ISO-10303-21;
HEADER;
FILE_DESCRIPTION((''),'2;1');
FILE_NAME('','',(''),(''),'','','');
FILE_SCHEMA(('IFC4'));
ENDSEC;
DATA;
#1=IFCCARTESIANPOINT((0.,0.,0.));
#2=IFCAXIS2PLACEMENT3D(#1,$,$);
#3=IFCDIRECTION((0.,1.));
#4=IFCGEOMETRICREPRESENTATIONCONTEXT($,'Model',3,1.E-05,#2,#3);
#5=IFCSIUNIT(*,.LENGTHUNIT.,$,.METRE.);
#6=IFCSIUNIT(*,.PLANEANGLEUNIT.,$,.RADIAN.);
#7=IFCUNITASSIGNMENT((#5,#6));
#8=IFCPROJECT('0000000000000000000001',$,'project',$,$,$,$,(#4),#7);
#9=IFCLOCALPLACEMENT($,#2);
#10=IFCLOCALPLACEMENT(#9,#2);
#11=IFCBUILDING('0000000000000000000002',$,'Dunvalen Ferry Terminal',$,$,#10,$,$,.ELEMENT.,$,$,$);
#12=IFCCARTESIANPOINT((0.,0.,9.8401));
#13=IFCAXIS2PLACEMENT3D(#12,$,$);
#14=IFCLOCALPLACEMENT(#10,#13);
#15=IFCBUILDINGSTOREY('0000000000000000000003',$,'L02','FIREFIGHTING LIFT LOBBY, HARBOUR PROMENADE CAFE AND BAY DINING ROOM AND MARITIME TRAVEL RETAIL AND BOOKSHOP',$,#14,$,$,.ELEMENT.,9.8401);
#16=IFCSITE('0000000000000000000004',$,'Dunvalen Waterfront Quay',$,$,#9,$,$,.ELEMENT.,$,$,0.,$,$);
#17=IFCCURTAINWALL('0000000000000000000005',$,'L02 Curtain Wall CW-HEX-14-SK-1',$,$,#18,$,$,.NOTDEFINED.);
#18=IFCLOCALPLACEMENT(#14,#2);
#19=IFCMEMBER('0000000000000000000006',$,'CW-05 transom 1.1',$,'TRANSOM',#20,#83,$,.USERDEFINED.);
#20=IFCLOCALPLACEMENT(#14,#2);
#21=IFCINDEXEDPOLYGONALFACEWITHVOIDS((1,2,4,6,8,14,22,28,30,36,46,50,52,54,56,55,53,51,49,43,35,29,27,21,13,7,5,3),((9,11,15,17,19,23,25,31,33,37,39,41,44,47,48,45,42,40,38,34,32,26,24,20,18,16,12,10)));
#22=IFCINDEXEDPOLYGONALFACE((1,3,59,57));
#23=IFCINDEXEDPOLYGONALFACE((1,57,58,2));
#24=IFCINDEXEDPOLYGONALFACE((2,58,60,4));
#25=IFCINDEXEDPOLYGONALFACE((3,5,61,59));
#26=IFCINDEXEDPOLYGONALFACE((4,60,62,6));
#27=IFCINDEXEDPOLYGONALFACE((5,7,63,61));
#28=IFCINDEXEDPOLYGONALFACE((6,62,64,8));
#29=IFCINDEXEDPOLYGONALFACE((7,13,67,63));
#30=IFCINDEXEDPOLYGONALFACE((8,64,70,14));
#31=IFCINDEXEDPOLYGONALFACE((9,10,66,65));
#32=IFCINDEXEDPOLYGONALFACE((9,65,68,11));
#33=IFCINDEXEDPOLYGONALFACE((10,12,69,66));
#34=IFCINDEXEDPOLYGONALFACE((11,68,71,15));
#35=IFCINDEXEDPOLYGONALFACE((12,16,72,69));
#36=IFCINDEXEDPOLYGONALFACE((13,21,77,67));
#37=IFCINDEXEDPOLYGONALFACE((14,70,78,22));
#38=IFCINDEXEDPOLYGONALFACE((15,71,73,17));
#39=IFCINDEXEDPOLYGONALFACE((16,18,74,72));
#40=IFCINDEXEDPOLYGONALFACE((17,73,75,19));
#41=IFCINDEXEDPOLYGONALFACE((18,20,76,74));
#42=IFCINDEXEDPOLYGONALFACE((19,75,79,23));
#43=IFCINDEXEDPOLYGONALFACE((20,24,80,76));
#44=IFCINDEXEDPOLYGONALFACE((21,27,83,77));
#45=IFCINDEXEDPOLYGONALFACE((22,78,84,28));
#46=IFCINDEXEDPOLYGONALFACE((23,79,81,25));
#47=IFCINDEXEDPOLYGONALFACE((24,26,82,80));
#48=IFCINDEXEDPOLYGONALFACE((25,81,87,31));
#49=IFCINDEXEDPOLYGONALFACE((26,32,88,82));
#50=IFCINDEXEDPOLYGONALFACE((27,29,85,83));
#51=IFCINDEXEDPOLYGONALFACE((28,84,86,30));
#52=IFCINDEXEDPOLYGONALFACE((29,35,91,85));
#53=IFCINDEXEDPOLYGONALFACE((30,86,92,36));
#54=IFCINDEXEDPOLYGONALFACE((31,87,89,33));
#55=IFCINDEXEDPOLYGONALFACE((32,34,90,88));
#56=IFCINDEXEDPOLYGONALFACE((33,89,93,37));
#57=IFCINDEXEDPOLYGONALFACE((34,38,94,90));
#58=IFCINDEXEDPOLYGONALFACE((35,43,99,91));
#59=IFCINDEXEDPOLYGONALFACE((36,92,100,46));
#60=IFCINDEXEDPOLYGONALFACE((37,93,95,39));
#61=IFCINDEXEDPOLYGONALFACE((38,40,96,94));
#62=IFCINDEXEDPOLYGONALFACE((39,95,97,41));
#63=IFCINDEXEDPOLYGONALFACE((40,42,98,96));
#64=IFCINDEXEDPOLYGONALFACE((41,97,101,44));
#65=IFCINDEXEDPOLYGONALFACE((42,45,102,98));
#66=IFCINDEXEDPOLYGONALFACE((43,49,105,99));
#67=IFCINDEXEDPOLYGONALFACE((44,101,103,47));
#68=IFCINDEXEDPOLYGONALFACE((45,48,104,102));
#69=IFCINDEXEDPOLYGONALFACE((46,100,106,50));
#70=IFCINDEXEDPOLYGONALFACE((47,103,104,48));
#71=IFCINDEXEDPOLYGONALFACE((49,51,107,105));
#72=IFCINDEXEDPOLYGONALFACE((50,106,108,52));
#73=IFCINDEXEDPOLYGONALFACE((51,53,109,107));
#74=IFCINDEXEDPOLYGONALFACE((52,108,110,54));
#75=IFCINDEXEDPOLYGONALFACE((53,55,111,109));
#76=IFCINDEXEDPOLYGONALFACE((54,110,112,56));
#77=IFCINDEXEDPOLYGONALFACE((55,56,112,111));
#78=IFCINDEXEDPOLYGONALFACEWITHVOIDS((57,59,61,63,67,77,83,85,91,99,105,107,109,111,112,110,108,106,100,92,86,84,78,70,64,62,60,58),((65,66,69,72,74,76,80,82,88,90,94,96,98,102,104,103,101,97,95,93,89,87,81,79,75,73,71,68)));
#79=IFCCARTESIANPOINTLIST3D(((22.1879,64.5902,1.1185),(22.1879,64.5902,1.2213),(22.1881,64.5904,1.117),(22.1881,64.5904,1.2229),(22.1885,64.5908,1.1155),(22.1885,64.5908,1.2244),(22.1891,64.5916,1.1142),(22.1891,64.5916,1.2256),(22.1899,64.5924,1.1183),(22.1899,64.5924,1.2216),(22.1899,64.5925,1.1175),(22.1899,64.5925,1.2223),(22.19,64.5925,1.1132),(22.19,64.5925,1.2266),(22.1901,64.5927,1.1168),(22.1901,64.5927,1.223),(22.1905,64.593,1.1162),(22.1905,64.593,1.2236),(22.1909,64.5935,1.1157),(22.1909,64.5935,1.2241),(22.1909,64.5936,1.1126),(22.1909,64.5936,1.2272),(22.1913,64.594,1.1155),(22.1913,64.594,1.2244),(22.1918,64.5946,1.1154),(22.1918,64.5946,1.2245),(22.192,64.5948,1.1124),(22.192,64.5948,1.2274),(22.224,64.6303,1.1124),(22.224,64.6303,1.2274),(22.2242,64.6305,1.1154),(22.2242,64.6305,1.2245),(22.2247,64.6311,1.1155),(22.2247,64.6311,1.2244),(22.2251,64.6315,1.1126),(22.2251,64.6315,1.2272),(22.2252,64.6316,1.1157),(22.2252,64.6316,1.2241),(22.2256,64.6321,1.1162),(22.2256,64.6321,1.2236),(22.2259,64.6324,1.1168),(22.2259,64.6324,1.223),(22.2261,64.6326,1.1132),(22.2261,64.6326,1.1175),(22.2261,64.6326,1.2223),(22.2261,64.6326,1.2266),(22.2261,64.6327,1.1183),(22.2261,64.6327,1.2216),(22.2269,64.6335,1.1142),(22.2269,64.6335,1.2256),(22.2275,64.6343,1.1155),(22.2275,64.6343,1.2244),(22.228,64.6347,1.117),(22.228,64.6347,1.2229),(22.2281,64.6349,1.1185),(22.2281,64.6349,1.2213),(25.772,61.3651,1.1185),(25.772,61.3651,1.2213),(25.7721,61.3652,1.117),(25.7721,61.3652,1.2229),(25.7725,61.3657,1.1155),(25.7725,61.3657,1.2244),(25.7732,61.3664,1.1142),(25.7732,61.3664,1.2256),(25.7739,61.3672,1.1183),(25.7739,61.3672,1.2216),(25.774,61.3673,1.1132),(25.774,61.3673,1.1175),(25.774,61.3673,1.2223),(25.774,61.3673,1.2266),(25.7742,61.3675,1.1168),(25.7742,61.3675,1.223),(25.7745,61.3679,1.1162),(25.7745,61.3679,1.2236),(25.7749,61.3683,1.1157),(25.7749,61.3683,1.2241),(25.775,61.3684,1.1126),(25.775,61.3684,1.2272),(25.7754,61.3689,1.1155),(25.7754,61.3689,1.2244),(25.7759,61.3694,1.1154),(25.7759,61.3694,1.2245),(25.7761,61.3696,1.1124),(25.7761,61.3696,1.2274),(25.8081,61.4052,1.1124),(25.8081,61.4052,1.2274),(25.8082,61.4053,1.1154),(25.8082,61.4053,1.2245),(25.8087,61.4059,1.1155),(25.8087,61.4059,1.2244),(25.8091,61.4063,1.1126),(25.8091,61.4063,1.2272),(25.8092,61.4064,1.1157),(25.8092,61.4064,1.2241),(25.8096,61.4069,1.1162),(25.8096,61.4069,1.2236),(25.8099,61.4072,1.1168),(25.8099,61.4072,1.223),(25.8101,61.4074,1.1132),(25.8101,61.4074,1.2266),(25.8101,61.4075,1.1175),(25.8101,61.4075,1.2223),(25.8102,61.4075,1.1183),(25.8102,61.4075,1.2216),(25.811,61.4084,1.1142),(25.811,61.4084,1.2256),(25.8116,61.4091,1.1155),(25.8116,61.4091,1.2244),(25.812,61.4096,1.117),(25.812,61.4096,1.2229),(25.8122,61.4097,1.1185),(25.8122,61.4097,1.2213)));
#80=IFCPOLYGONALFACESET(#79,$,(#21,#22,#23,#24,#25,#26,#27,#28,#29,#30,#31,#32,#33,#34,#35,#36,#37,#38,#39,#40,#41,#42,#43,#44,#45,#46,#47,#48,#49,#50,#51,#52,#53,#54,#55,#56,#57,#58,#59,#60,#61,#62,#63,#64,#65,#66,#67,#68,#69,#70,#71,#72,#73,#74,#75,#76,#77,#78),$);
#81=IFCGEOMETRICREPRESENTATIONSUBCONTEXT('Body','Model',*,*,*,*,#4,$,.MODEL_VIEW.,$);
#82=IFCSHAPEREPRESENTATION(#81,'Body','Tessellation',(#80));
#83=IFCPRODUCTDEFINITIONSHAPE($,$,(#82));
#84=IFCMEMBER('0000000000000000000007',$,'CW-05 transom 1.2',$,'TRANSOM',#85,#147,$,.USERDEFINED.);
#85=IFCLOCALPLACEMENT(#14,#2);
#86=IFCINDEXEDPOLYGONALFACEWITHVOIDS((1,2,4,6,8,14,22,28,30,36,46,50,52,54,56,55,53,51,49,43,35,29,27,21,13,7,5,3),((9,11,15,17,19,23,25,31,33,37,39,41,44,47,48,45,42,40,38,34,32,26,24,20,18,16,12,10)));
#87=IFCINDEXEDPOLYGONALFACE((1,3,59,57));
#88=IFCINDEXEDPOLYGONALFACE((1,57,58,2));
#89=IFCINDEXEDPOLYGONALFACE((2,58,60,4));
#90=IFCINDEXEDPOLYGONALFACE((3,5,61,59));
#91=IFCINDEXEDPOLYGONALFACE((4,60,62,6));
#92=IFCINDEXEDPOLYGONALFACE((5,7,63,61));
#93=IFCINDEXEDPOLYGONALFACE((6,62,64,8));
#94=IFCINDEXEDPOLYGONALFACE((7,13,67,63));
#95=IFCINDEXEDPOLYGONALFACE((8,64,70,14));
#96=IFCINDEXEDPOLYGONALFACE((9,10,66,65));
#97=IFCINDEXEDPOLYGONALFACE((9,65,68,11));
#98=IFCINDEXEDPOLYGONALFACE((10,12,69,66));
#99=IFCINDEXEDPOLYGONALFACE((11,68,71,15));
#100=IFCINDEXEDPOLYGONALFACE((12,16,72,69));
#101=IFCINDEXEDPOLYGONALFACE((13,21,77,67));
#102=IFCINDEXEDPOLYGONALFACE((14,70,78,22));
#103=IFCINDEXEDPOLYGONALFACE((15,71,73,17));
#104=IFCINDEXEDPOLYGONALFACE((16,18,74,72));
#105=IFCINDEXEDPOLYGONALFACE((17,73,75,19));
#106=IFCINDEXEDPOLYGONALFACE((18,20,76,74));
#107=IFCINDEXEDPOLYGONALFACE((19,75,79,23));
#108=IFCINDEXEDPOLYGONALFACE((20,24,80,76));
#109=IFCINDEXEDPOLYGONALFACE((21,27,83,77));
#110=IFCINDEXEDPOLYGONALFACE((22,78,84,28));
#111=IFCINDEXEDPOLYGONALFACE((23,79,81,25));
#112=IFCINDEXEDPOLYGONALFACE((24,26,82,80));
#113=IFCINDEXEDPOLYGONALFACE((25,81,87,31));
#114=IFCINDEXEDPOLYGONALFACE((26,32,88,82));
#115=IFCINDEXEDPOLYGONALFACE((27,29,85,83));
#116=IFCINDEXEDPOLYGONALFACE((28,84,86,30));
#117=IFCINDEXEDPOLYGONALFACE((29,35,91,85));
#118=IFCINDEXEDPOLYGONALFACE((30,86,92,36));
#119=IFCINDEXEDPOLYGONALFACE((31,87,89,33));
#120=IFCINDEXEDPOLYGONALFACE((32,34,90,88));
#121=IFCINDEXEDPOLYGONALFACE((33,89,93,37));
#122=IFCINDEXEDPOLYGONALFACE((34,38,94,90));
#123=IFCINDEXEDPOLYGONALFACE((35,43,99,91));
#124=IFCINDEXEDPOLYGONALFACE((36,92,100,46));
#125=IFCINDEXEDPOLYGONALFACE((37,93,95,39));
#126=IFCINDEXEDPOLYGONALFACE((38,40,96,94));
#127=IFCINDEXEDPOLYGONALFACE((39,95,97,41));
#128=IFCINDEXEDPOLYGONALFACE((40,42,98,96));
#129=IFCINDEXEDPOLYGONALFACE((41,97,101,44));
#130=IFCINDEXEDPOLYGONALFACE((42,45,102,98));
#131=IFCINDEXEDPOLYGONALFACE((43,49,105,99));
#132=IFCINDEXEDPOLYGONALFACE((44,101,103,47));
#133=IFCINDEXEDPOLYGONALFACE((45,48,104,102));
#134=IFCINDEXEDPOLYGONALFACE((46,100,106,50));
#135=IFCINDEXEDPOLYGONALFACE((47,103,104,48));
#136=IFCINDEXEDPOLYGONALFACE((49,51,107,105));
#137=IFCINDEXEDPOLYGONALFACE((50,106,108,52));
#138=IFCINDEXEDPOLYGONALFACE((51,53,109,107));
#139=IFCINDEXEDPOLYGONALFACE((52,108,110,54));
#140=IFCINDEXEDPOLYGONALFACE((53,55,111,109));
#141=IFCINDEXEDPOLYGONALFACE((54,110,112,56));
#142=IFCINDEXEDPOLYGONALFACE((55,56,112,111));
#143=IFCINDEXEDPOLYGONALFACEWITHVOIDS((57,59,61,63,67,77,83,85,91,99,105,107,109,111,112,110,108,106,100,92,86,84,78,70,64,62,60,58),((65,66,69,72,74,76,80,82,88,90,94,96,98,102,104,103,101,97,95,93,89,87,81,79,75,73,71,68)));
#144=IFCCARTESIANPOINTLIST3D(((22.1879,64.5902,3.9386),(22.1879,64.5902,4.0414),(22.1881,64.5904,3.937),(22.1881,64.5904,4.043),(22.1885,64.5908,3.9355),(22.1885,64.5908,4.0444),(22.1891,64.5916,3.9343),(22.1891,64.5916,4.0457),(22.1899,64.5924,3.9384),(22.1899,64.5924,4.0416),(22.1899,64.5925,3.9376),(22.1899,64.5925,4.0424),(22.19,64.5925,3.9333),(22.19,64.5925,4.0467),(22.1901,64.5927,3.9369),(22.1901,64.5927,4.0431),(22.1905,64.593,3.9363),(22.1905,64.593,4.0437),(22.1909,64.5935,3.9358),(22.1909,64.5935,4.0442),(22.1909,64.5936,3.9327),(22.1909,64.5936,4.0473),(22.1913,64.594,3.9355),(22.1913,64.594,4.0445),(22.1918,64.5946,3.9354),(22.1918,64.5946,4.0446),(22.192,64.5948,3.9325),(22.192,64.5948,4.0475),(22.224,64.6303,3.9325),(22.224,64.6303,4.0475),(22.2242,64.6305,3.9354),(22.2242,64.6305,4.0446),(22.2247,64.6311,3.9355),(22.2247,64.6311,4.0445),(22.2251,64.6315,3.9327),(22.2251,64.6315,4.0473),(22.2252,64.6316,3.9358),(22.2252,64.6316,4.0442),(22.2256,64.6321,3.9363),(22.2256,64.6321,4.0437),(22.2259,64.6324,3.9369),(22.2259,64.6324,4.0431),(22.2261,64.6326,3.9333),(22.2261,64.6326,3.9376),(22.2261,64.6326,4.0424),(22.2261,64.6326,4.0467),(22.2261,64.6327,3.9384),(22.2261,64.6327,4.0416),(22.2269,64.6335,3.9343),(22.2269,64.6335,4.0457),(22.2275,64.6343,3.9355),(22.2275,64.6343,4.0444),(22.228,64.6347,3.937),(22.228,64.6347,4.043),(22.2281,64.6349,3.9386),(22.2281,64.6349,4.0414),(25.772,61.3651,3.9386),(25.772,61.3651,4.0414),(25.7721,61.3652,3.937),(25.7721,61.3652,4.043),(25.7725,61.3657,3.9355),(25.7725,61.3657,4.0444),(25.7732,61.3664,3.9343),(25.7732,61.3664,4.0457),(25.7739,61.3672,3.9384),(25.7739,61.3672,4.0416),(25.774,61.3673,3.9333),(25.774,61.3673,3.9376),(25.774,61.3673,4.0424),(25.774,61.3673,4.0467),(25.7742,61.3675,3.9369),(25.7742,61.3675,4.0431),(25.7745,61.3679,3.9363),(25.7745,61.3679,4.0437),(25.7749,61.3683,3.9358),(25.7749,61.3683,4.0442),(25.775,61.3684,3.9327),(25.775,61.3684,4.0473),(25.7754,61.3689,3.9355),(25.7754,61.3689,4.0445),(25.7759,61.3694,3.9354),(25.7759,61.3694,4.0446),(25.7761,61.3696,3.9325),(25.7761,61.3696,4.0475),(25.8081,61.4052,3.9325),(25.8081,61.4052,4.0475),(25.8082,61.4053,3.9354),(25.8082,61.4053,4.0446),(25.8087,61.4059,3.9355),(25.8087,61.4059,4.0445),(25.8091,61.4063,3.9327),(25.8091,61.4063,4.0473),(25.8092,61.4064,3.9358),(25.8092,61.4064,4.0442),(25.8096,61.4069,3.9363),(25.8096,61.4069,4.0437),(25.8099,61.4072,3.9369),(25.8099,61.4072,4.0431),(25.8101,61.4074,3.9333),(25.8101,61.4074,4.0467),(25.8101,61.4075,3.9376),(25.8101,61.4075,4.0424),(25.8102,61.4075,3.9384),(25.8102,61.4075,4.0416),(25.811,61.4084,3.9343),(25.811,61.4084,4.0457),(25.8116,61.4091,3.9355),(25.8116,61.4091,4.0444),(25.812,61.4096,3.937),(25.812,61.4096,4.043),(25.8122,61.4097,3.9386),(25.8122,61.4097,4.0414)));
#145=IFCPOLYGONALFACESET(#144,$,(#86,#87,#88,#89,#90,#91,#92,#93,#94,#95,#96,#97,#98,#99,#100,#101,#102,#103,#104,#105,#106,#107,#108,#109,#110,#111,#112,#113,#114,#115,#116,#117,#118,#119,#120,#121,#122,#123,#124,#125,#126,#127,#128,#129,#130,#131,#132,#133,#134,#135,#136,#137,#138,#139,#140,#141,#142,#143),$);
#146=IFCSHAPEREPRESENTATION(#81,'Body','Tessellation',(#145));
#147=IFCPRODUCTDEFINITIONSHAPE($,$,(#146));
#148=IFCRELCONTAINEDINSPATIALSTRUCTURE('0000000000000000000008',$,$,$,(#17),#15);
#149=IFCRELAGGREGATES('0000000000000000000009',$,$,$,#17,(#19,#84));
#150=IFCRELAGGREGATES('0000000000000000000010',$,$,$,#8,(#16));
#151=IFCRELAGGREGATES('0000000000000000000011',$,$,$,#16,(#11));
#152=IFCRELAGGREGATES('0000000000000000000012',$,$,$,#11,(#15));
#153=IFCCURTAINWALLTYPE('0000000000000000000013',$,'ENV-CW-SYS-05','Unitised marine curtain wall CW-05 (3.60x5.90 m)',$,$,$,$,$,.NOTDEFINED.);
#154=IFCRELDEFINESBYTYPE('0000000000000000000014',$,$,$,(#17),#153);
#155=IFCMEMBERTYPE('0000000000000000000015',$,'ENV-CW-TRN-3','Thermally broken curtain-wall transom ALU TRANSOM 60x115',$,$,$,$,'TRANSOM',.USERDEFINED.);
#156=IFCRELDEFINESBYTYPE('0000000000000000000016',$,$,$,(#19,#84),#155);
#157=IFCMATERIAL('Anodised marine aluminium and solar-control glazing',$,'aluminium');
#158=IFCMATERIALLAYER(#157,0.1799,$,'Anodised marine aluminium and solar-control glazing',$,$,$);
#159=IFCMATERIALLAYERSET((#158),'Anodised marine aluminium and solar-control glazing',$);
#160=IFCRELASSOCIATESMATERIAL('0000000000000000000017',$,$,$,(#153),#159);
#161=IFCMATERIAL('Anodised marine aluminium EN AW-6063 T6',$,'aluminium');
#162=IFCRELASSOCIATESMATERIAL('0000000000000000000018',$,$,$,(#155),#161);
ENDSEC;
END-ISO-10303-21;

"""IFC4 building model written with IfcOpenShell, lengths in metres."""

from ifc_helpers import new_model, si_unit, direction, frame, origin, origin_2d, place, context, subcontext, project, spatial, hollow_rectangle, extrude, material, layer, layer_set, material_profile, profile_set, type_object, element, aggregate, save


model = new_model("IFC4")

# Units and contexts
model_context = context("Model", 3, precision=1e-05, world=origin(), true_north=direction((0.0, 1.0)))
body_context = subcontext(model_context, "Body", "Model", "MODEL_VIEW")
ifc_project = project(units=[si_unit("LENGTHUNIT", "METRE"), si_unit("PLANEANGLEUNIT", "RADIAN")], contexts=[model_context])

# Site, building, storey
site_placement = place(None, origin())
site = spatial("IfcSite", under=ifc_project, at=site_placement, Name="Dunvalen Waterfront Quay", CompositionType="ELEMENT", RefElevation=0.0)
building_placement = place(site_placement, origin())
building = spatial("IfcBuilding", under=site, at=building_placement, Name="Dunvalen Ferry Terminal", CompositionType="ELEMENT")
storey_placement = place(building_placement, frame((0.0, 0.0, 9.8401)))
storey = spatial("IfcBuildingStorey", under=building, at=storey_placement, Name="L02", Description="FIREFIGHTING LIFT LOBBY, HARBOUR PROMENADE CAFE AND BAY DINING ROOM AND MARITIME TRAVEL RETAIL AND BOOKSHOP", CompositionType="ELEMENT", Elevation=9.8401)

# Curtain wall
ifc_material_1 = material(Name="Anodised marine aluminium and solar-control glazing", Category="aluminium")
ifc_layer_1 = layer(ifc_material_1, 0.1799, Name="Anodised marine aluminium and solar-control glazing")
ifc_layer_set_1 = layer_set([ifc_layer_1], Name="Anodised marine aluminium and solar-control glazing")
curtain_wall_type_1 = type_object("IfcCurtainWallType", Name="ENV-CW-SYS-05", Description="Unitised marine curtain wall CW-05 (3.60x5.90 m)", PredefinedType="NOTDEFINED", material=ifc_layer_set_1)
curtain_wall_1_placement = place(storey_placement, origin())
curtain_wall_1 = element("IfcCurtainWall", 1, at=curtain_wall_1_placement, inside=storey, type_object=curtain_wall_type_1, Name="L02 Curtain Wall CW-HEX-14-SK-1", PredefinedType="NOTDEFINED")
ifc_material_2 = material(Name="Anodised marine aluminium EN AW-6063 T6", Category="aluminium")

# Members
ifc_material_profile_1 = material_profile(ifc_material_2, hollow_rectangle(XDim=0.0601, YDim=0.115, WallThickness=0.0029, InnerFilletRadius=0.0029, OuterFilletRadius=0.0061, at=origin_2d()), Name="Anodised marine aluminium EN AW-6063 T6")
ifc_profile_set_1 = profile_set([ifc_material_profile_1], Name="Anodised marine aluminium EN AW-6063 T6")
member_type_1 = type_object("IfcMemberType", Name="ENV-CW-TRN-3", Description="Thermally broken curtain-wall transom ALU TRANSOM 60x115", ElementType="TRANSOM", PredefinedType="USERDEFINED", material=ifc_profile_set_1)
member_1_placement = place(storey_placement, frame((22.208, 64.6125, 1.1699), z_axis=(0.743345, -0.668909, 0.0), x_axis=(0.668909, 0.743345, 0.0)))
member_1 = element("IfcMember", 2, at=member_1_placement, type_object=member_type_1, Name="CW-05 transom 1.1", ObjectType="TRANSOM", PredefinedType="USERDEFINED", context=body_context, shape_type="SweptSolid", body=[
    extrude(hollow_rectangle(XDim=0.0601, YDim=0.115, WallThickness=0.0029, InnerFilletRadius=0.0029, OuterFilletRadius=0.0061, at=origin_2d()), origin(), (0.0, 0.0, 1.0), 4.8215),
])
member_2_placement = place(storey_placement, frame((22.208, 64.6125, 3.99), z_axis=(0.743345, -0.668909, 0.0), x_axis=(0.668909, 0.743345, 0.0)))
member_2 = element("IfcMember", 3, at=member_2_placement, type_object=member_type_1, Name="CW-05 transom 1.2", ObjectType="TRANSOM", PredefinedType="USERDEFINED", context=body_context, shape_type="SweptSolid", body=[
    extrude(hollow_rectangle(XDim=0.0601, YDim=0.115, WallThickness=0.0029, InnerFilletRadius=0.0029, OuterFilletRadius=0.0061, at=origin_2d()), origin(), (0.0, 0.0, 1.0), 4.8215),
])
aggregate(curtain_wall_1, [member_1, member_2])

save(model, "model.ifc")
